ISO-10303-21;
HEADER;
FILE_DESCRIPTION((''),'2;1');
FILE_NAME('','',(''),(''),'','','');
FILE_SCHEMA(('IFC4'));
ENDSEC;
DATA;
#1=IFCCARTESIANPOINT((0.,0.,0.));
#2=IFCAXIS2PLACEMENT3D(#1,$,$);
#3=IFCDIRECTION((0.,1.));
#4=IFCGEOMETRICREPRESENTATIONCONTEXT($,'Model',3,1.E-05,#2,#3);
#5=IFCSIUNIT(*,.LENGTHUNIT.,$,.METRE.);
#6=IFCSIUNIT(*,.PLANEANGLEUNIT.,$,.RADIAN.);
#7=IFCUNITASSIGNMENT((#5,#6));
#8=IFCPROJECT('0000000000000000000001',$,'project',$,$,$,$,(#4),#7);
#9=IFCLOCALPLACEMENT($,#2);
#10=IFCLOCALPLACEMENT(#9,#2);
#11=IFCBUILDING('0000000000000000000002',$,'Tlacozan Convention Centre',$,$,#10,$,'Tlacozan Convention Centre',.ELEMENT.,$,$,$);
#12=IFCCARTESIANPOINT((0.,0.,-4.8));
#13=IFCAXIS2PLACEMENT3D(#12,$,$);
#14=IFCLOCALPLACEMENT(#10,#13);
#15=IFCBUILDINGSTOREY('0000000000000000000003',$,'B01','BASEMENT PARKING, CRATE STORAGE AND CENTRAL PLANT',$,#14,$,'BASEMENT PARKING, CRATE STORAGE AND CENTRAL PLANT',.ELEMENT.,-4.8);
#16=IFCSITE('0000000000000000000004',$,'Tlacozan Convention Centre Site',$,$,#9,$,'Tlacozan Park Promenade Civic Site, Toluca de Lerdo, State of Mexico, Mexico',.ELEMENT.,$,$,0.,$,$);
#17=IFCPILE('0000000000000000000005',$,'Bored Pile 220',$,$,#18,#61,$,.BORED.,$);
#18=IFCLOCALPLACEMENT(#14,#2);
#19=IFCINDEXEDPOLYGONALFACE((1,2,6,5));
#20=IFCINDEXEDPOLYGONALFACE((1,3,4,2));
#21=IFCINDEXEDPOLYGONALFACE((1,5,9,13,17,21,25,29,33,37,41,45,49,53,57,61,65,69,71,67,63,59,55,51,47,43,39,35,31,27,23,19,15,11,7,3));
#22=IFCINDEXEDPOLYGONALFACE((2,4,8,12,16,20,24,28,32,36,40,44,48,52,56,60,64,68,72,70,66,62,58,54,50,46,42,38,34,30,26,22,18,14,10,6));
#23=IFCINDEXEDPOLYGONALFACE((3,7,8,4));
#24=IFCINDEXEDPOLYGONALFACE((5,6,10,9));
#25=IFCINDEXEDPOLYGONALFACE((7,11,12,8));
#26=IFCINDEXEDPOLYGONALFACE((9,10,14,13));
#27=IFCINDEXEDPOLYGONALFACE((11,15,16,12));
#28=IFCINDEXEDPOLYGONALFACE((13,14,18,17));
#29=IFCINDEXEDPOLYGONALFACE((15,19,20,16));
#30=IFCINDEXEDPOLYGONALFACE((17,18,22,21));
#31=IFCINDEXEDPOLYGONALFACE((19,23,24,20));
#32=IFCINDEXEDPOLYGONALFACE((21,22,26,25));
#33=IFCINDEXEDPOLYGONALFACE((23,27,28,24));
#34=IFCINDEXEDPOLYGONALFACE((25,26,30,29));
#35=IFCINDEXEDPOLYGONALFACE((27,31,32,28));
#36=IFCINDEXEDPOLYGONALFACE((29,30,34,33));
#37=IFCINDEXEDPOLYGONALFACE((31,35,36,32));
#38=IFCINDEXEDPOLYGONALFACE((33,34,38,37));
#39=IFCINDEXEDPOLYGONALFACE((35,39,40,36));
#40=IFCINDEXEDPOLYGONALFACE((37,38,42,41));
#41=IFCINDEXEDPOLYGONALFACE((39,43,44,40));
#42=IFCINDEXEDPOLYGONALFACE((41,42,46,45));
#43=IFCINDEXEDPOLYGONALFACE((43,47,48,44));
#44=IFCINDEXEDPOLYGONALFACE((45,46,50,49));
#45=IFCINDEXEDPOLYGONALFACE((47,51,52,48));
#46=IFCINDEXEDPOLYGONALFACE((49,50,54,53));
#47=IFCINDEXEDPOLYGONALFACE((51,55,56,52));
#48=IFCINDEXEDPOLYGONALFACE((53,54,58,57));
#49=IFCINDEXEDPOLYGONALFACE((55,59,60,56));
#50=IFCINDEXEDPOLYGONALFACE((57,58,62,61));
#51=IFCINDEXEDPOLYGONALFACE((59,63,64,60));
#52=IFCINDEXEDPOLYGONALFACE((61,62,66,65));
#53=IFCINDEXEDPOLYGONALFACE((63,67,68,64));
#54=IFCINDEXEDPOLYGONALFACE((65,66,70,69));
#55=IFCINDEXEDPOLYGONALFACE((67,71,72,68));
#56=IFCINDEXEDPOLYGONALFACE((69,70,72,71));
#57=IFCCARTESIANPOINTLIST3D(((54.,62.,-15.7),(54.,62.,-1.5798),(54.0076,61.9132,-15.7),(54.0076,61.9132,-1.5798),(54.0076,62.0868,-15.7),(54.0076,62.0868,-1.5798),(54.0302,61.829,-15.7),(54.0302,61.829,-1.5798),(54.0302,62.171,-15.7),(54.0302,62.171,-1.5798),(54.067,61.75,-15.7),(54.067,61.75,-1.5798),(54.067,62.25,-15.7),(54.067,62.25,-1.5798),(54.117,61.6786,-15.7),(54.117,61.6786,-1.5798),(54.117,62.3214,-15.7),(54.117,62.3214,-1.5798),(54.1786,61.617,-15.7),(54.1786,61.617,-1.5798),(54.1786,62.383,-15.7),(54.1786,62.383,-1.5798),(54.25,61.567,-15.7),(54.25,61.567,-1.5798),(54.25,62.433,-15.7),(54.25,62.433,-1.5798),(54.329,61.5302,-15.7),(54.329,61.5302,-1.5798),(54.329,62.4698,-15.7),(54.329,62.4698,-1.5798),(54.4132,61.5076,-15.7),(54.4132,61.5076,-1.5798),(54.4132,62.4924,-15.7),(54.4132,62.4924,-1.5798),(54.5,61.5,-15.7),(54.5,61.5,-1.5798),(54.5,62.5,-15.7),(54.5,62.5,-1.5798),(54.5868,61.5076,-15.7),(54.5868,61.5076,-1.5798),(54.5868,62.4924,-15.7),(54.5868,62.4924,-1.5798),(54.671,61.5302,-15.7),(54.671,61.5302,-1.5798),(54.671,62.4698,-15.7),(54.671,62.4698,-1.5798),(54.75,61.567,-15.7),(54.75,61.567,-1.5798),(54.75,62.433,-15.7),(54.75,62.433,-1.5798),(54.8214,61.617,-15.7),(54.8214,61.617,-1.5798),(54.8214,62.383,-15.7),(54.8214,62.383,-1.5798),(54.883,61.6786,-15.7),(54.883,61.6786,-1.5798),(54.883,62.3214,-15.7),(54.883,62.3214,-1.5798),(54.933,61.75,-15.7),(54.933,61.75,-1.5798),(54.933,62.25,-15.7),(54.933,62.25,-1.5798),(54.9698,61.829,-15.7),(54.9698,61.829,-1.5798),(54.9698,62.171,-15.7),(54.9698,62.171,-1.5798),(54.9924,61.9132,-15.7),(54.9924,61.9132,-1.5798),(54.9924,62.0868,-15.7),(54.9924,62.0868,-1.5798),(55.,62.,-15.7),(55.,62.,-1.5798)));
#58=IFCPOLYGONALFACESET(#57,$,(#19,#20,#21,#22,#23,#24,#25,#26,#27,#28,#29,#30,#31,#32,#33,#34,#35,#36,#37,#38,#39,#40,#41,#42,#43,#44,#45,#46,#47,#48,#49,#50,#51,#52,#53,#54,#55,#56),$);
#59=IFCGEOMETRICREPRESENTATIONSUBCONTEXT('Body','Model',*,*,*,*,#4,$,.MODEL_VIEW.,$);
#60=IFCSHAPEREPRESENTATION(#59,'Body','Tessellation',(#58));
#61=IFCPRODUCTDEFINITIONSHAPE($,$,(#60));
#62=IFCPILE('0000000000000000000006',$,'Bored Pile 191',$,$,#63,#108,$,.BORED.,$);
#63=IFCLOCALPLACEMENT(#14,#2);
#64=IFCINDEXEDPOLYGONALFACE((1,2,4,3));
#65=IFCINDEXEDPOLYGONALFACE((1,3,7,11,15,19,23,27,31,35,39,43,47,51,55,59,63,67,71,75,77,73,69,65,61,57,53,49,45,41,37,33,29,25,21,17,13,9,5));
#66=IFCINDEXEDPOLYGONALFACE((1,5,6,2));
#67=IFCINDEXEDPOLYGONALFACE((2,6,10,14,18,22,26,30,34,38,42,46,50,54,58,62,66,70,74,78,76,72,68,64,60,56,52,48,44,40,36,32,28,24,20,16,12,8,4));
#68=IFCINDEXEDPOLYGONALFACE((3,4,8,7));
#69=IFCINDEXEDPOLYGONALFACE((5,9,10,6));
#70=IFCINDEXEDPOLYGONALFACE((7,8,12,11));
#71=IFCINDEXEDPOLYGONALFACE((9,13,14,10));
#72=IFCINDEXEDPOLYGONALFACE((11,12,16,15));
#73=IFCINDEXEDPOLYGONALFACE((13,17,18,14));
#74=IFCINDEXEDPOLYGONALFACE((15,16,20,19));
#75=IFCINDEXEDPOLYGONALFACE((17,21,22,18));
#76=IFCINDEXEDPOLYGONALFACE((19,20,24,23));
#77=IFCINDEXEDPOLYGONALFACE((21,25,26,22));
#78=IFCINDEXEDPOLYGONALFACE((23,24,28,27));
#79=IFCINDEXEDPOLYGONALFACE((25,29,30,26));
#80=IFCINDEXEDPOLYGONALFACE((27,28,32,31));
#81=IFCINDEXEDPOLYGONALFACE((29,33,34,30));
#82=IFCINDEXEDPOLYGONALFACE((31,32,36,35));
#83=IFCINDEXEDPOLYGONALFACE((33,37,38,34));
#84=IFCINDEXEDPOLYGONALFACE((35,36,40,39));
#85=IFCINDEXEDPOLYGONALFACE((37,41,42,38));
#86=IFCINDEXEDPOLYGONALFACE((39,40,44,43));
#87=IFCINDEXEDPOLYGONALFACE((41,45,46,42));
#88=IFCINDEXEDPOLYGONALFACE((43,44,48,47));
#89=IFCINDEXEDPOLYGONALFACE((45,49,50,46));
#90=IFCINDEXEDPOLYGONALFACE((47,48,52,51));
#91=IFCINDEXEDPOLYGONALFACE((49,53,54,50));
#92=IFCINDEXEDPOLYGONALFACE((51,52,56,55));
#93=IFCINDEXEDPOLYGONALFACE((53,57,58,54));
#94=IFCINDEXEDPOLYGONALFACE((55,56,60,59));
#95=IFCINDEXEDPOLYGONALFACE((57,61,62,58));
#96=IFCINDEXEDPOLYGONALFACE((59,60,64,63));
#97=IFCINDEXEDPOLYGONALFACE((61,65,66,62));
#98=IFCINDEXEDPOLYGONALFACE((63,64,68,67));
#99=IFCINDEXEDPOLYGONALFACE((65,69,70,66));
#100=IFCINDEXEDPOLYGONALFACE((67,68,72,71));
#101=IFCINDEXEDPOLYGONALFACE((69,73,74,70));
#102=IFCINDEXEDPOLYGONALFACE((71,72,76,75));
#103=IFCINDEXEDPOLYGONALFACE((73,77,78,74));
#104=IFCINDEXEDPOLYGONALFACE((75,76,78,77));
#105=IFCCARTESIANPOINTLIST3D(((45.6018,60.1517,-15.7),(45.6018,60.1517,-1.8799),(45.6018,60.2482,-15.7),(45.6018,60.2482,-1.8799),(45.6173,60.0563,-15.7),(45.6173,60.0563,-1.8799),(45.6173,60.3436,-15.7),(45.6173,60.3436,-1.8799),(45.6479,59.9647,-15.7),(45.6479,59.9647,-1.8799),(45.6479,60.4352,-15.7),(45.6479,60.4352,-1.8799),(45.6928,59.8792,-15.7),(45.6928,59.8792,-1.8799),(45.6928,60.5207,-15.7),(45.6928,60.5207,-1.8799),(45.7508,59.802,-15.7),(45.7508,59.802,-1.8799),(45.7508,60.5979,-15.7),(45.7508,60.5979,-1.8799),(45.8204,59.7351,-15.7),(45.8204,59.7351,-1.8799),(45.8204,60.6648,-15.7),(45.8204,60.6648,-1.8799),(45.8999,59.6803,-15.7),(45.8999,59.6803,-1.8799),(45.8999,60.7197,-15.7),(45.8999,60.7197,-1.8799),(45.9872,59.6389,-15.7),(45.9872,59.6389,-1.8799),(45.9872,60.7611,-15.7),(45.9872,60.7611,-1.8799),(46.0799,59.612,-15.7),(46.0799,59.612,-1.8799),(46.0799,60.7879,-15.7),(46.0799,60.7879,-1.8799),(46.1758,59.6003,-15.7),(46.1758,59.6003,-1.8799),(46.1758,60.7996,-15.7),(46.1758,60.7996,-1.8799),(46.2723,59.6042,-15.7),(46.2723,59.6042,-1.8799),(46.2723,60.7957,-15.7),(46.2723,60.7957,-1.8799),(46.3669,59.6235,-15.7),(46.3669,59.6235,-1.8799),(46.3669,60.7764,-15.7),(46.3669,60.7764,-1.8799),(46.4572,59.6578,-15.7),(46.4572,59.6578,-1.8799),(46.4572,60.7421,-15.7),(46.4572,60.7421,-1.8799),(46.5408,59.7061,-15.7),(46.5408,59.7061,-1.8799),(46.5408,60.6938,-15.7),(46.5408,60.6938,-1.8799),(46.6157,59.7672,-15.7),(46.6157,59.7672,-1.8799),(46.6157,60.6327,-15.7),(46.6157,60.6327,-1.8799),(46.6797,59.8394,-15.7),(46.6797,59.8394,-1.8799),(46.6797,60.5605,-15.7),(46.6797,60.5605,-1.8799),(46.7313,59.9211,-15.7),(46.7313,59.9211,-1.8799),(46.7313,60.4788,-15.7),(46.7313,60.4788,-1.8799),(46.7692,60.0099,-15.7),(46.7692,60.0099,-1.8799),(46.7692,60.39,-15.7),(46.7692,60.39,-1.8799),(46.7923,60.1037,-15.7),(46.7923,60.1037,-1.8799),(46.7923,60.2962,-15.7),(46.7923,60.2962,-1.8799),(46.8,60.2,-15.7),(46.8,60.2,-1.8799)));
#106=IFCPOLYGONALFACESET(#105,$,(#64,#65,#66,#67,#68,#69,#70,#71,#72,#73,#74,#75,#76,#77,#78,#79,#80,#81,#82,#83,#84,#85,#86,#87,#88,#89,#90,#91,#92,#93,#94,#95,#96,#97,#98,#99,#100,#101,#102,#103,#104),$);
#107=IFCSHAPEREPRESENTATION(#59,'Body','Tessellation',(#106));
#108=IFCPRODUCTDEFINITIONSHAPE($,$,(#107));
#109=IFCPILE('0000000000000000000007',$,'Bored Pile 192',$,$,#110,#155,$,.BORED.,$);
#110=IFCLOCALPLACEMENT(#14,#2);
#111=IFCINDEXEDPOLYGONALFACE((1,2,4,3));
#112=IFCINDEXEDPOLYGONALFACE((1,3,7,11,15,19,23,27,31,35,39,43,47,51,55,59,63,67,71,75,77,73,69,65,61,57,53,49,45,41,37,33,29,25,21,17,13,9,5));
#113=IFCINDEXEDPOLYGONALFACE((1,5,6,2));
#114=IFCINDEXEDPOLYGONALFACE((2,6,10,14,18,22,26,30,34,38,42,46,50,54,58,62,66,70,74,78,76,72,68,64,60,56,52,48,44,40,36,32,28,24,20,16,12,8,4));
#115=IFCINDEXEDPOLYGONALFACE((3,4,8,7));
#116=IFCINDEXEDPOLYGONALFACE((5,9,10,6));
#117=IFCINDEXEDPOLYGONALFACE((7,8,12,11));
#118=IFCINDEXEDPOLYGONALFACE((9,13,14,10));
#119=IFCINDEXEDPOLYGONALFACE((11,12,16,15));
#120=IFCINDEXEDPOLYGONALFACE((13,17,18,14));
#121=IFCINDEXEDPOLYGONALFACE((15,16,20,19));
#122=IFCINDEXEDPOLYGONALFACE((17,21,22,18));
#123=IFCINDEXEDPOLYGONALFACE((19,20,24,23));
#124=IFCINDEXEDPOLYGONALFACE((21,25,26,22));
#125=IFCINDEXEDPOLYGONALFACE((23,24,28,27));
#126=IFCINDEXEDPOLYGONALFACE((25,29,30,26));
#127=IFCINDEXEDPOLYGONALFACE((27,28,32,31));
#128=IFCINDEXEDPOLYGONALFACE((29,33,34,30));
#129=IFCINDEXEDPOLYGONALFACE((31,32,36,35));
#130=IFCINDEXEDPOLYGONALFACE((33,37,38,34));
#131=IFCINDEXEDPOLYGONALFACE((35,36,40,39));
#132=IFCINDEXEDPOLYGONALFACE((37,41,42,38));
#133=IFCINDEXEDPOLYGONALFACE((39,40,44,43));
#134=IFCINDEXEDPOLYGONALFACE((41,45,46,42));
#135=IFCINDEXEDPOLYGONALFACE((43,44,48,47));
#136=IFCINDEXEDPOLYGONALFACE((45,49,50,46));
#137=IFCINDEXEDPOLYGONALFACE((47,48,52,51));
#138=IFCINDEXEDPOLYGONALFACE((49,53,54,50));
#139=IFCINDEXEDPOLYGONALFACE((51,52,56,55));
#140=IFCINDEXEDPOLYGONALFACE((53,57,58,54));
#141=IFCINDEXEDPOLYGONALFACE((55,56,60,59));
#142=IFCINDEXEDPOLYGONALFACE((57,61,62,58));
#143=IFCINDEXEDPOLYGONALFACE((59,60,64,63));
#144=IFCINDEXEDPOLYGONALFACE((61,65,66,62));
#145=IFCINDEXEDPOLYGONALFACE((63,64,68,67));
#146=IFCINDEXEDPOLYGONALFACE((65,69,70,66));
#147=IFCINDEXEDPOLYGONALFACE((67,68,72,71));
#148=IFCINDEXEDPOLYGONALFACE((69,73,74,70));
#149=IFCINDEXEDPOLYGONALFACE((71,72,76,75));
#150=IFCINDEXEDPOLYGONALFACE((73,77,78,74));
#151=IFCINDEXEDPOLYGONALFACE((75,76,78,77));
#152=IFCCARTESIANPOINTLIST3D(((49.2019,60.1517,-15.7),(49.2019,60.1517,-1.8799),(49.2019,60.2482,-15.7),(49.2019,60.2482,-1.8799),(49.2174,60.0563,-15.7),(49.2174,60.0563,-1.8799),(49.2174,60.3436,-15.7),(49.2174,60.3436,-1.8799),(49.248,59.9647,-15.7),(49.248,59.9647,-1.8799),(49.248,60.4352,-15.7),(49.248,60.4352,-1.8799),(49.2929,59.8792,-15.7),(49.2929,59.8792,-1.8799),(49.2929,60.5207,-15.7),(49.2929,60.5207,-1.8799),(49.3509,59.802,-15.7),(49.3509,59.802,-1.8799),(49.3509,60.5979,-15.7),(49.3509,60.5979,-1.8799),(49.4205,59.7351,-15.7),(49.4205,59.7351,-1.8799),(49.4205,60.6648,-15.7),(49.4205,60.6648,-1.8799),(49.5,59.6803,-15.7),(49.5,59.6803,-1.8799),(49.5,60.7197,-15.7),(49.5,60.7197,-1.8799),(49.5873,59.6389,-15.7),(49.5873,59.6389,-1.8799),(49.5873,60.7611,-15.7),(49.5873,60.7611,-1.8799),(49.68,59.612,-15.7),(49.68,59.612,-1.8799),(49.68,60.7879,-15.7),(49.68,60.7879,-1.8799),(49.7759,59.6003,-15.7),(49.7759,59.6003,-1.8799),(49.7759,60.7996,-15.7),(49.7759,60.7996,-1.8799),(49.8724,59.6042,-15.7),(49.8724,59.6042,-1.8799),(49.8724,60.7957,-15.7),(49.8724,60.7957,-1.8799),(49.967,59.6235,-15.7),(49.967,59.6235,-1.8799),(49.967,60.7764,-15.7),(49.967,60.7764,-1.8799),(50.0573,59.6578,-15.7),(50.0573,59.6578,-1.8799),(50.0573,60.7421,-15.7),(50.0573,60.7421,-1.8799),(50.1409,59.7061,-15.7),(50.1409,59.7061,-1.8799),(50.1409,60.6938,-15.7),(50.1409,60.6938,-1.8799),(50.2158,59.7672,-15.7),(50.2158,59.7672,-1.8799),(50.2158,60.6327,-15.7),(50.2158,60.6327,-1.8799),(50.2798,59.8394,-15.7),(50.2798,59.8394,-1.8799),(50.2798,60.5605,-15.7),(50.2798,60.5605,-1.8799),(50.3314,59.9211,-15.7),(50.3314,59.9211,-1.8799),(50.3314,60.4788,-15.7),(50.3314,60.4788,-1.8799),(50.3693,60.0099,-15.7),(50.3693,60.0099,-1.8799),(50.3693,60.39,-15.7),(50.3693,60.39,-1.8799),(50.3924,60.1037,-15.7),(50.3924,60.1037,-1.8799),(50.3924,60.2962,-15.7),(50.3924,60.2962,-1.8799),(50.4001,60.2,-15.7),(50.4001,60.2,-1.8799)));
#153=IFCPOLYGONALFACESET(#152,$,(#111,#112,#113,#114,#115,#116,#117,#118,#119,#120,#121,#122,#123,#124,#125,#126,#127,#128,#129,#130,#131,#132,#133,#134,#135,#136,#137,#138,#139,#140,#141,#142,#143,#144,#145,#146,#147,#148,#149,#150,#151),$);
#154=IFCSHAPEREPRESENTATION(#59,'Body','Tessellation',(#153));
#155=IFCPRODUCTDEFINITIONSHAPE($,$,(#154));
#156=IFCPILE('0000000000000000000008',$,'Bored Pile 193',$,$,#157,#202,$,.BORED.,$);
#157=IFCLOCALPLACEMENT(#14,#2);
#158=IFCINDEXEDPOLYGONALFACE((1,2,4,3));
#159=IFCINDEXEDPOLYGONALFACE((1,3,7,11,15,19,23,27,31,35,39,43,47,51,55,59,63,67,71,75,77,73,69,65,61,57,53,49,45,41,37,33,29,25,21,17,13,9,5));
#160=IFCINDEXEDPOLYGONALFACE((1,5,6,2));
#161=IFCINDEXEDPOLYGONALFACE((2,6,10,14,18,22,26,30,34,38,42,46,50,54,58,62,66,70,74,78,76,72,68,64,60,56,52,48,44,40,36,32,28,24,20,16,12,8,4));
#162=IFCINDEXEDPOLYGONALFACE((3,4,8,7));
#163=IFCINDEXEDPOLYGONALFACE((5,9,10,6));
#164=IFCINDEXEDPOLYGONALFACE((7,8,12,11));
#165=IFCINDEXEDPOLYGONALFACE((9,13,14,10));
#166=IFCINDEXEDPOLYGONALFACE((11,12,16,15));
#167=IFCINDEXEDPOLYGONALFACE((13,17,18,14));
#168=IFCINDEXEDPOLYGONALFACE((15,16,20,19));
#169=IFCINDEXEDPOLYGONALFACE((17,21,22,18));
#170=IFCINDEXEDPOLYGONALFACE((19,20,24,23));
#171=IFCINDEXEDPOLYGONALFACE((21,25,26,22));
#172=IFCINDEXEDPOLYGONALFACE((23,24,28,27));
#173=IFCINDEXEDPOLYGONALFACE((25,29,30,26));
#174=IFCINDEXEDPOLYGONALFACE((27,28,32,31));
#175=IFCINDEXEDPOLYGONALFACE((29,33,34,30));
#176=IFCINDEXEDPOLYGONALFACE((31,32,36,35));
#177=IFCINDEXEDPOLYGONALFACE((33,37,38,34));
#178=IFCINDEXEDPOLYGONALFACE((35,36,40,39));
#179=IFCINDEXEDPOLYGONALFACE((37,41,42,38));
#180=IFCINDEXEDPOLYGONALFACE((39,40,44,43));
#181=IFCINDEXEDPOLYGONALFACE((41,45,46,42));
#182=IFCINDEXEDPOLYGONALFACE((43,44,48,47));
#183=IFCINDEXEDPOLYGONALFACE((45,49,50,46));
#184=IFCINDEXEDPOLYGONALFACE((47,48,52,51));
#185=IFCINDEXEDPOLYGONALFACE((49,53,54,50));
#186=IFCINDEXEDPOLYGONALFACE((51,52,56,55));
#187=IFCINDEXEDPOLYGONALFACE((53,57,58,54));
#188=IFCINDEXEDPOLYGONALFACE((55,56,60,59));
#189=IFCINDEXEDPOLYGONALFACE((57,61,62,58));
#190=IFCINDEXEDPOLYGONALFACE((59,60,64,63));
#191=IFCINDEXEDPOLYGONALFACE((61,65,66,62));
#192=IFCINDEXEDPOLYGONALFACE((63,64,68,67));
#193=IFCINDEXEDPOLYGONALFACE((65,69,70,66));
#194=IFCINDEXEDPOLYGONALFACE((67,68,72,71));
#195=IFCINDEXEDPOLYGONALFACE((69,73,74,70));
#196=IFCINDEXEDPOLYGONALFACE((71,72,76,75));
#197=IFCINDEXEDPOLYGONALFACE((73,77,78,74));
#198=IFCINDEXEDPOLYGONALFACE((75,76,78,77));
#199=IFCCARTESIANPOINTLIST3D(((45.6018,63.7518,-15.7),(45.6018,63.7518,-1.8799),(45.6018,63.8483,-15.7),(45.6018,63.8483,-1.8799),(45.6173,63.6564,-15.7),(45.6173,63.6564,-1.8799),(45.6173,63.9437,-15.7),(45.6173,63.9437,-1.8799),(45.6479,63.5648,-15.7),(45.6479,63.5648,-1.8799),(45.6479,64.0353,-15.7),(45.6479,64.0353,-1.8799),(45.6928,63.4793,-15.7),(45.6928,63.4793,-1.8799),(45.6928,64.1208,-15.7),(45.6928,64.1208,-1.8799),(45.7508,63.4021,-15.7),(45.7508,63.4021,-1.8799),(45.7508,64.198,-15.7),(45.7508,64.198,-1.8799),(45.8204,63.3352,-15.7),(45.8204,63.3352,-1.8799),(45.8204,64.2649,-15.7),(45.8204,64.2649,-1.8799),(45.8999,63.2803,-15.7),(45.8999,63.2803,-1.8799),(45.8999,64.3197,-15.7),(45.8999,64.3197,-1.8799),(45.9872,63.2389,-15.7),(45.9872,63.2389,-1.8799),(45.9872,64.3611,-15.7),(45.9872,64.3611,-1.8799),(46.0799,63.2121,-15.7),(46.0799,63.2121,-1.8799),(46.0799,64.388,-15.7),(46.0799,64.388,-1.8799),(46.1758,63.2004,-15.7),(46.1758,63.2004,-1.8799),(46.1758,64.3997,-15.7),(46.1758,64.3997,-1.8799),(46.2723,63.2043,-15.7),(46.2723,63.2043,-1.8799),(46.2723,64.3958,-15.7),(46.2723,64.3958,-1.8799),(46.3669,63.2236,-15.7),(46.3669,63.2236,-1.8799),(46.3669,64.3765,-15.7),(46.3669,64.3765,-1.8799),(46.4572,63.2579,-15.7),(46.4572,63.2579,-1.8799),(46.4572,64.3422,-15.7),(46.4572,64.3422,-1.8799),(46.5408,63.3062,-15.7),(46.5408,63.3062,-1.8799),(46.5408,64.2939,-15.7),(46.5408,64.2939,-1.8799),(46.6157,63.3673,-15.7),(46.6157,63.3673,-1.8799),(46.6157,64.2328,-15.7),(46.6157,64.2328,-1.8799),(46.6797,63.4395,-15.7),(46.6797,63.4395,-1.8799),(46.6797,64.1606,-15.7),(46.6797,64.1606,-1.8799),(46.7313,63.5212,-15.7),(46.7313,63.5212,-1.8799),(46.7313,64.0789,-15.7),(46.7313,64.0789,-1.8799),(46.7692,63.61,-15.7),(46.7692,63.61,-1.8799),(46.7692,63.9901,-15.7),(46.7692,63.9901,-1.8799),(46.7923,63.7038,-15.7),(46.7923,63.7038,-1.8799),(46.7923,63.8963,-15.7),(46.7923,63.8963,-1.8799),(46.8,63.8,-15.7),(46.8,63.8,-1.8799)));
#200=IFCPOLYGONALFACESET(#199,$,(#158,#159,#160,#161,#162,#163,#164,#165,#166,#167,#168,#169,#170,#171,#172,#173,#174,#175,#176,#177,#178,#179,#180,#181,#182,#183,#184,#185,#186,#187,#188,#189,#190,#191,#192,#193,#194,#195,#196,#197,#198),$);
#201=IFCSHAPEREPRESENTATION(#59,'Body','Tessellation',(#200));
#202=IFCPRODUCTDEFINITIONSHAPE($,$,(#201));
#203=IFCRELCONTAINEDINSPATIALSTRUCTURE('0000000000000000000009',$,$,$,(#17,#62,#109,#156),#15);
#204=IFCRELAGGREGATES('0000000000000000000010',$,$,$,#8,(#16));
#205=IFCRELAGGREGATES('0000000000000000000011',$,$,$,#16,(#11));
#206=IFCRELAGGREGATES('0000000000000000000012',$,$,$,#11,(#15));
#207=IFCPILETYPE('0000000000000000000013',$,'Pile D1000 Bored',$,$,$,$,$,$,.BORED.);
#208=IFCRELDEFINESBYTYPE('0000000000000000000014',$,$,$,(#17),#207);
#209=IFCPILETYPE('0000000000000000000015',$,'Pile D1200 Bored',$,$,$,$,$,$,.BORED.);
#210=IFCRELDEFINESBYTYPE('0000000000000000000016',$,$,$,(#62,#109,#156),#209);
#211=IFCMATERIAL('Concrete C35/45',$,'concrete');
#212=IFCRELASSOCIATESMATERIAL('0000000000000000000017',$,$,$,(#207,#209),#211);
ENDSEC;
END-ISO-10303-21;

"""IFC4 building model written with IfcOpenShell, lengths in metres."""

from ifc_helpers import new_model, si_unit, direction, frame, origin, origin_2d, place, context, subcontext, project, spatial, circle, extrude, material, material_profile, profile_set, type_object, element, save


model = new_model("IFC4")

# Units and contexts
model_context = context("Model", 3, precision=1e-05, world=origin(), true_north=direction((0.0, 1.0)))
body_context = subcontext(model_context, "Body", "Model", "MODEL_VIEW")
ifc_project = project(units=[si_unit("LENGTHUNIT", "METRE"), si_unit("PLANEANGLEUNIT", "RADIAN")], contexts=[model_context])

# Site, building, storey
site_placement = place(None, origin())
site = spatial("IfcSite", under=ifc_project, at=site_placement, Name="Tlacozan Convention Centre Site", LongName="Tlacozan Park Promenade Civic Site, Toluca de Lerdo, State of Mexico, Mexico", CompositionType="ELEMENT", RefElevation=0.0)
building_placement = place(site_placement, origin())
building = spatial("IfcBuilding", under=site, at=building_placement, Name="Tlacozan Convention Centre", LongName="Tlacozan Convention Centre", CompositionType="ELEMENT")
storey_placement = place(building_placement, frame((0.0, 0.0, -4.8)))
storey = spatial("IfcBuildingStorey", under=building, at=storey_placement, Name="B01", Description="BASEMENT PARKING, CRATE STORAGE AND CENTRAL PLANT", LongName="BASEMENT PARKING, CRATE STORAGE AND CENTRAL PLANT", CompositionType="ELEMENT", Elevation=-4.8)

# Shared definitions
ifc_material_1 = material(Name="Concrete C35/45", Category="concrete")

# Piles
ifc_material_profile_1 = material_profile(ifc_material_1, circle(Radius=0.5, at=origin_2d()), Name="PILE D1000")
ifc_profile_set_1 = profile_set([ifc_material_profile_1], Name="Concrete C35/45")
pile_type_1 = type_object("IfcPileType", Name="Pile D1000 Bored", PredefinedType="BORED", material=ifc_profile_set_1)
for number, where, z_axis, x_axis, name in (
    (1, (54.5, 62.0, -1.5798), (0.0, 0.0, -1.0), (1.0, 0.0, 0.0), "Bored Pile 220"),
):
    element("IfcPile", number, at=place(storey_placement, frame(where, z_axis=z_axis, x_axis=x_axis)), inside=storey, type_object=pile_type_1, Name=name, PredefinedType="BORED", context=body_context, shape_type="SweptSolid", body=[
        extrude(circle(Radius=0.5, at=origin_2d()), origin(), (0.0, 0.0, 1.0), 14.1201),
    ])
ifc_material_profile_2 = material_profile(ifc_material_1, circle(Radius=0.6001, at=origin_2d()), Name="PILE D1200")
ifc_profile_set_2 = profile_set([ifc_material_profile_2], Name="Concrete C35/45")
pile_type_2 = type_object("IfcPileType", Name="Pile D1200 Bored", PredefinedType="BORED", material=ifc_profile_set_2)
for number, where, z_axis, x_axis, name in (
    (2, (46.2, 60.2, -1.8799), (0.0, 0.0, -1.0), (1.0, 0.0, 0.0), "Bored Pile 191"),
    (3, (49.8, 60.2, -1.8799), (0.0, 0.0, -1.0), (1.0, 0.0, 0.0), "Bored Pile 192"),
    (4, (46.2, 63.8, -1.8799), (0.0, 0.0, -1.0), (1.0, 0.0, 0.0), "Bored Pile 193"),
):
    element("IfcPile", number, at=place(storey_placement, frame(where, z_axis=z_axis, x_axis=x_axis)), inside=storey, type_object=pile_type_2, Name=name, PredefinedType="BORED", context=body_context, shape_type="SweptSolid", body=[
        extrude(circle(Radius=0.6001, at=origin_2d()), origin(), (0.0, 0.0, 1.0), 13.8201),
    ])

save(model, "model.ifc")
